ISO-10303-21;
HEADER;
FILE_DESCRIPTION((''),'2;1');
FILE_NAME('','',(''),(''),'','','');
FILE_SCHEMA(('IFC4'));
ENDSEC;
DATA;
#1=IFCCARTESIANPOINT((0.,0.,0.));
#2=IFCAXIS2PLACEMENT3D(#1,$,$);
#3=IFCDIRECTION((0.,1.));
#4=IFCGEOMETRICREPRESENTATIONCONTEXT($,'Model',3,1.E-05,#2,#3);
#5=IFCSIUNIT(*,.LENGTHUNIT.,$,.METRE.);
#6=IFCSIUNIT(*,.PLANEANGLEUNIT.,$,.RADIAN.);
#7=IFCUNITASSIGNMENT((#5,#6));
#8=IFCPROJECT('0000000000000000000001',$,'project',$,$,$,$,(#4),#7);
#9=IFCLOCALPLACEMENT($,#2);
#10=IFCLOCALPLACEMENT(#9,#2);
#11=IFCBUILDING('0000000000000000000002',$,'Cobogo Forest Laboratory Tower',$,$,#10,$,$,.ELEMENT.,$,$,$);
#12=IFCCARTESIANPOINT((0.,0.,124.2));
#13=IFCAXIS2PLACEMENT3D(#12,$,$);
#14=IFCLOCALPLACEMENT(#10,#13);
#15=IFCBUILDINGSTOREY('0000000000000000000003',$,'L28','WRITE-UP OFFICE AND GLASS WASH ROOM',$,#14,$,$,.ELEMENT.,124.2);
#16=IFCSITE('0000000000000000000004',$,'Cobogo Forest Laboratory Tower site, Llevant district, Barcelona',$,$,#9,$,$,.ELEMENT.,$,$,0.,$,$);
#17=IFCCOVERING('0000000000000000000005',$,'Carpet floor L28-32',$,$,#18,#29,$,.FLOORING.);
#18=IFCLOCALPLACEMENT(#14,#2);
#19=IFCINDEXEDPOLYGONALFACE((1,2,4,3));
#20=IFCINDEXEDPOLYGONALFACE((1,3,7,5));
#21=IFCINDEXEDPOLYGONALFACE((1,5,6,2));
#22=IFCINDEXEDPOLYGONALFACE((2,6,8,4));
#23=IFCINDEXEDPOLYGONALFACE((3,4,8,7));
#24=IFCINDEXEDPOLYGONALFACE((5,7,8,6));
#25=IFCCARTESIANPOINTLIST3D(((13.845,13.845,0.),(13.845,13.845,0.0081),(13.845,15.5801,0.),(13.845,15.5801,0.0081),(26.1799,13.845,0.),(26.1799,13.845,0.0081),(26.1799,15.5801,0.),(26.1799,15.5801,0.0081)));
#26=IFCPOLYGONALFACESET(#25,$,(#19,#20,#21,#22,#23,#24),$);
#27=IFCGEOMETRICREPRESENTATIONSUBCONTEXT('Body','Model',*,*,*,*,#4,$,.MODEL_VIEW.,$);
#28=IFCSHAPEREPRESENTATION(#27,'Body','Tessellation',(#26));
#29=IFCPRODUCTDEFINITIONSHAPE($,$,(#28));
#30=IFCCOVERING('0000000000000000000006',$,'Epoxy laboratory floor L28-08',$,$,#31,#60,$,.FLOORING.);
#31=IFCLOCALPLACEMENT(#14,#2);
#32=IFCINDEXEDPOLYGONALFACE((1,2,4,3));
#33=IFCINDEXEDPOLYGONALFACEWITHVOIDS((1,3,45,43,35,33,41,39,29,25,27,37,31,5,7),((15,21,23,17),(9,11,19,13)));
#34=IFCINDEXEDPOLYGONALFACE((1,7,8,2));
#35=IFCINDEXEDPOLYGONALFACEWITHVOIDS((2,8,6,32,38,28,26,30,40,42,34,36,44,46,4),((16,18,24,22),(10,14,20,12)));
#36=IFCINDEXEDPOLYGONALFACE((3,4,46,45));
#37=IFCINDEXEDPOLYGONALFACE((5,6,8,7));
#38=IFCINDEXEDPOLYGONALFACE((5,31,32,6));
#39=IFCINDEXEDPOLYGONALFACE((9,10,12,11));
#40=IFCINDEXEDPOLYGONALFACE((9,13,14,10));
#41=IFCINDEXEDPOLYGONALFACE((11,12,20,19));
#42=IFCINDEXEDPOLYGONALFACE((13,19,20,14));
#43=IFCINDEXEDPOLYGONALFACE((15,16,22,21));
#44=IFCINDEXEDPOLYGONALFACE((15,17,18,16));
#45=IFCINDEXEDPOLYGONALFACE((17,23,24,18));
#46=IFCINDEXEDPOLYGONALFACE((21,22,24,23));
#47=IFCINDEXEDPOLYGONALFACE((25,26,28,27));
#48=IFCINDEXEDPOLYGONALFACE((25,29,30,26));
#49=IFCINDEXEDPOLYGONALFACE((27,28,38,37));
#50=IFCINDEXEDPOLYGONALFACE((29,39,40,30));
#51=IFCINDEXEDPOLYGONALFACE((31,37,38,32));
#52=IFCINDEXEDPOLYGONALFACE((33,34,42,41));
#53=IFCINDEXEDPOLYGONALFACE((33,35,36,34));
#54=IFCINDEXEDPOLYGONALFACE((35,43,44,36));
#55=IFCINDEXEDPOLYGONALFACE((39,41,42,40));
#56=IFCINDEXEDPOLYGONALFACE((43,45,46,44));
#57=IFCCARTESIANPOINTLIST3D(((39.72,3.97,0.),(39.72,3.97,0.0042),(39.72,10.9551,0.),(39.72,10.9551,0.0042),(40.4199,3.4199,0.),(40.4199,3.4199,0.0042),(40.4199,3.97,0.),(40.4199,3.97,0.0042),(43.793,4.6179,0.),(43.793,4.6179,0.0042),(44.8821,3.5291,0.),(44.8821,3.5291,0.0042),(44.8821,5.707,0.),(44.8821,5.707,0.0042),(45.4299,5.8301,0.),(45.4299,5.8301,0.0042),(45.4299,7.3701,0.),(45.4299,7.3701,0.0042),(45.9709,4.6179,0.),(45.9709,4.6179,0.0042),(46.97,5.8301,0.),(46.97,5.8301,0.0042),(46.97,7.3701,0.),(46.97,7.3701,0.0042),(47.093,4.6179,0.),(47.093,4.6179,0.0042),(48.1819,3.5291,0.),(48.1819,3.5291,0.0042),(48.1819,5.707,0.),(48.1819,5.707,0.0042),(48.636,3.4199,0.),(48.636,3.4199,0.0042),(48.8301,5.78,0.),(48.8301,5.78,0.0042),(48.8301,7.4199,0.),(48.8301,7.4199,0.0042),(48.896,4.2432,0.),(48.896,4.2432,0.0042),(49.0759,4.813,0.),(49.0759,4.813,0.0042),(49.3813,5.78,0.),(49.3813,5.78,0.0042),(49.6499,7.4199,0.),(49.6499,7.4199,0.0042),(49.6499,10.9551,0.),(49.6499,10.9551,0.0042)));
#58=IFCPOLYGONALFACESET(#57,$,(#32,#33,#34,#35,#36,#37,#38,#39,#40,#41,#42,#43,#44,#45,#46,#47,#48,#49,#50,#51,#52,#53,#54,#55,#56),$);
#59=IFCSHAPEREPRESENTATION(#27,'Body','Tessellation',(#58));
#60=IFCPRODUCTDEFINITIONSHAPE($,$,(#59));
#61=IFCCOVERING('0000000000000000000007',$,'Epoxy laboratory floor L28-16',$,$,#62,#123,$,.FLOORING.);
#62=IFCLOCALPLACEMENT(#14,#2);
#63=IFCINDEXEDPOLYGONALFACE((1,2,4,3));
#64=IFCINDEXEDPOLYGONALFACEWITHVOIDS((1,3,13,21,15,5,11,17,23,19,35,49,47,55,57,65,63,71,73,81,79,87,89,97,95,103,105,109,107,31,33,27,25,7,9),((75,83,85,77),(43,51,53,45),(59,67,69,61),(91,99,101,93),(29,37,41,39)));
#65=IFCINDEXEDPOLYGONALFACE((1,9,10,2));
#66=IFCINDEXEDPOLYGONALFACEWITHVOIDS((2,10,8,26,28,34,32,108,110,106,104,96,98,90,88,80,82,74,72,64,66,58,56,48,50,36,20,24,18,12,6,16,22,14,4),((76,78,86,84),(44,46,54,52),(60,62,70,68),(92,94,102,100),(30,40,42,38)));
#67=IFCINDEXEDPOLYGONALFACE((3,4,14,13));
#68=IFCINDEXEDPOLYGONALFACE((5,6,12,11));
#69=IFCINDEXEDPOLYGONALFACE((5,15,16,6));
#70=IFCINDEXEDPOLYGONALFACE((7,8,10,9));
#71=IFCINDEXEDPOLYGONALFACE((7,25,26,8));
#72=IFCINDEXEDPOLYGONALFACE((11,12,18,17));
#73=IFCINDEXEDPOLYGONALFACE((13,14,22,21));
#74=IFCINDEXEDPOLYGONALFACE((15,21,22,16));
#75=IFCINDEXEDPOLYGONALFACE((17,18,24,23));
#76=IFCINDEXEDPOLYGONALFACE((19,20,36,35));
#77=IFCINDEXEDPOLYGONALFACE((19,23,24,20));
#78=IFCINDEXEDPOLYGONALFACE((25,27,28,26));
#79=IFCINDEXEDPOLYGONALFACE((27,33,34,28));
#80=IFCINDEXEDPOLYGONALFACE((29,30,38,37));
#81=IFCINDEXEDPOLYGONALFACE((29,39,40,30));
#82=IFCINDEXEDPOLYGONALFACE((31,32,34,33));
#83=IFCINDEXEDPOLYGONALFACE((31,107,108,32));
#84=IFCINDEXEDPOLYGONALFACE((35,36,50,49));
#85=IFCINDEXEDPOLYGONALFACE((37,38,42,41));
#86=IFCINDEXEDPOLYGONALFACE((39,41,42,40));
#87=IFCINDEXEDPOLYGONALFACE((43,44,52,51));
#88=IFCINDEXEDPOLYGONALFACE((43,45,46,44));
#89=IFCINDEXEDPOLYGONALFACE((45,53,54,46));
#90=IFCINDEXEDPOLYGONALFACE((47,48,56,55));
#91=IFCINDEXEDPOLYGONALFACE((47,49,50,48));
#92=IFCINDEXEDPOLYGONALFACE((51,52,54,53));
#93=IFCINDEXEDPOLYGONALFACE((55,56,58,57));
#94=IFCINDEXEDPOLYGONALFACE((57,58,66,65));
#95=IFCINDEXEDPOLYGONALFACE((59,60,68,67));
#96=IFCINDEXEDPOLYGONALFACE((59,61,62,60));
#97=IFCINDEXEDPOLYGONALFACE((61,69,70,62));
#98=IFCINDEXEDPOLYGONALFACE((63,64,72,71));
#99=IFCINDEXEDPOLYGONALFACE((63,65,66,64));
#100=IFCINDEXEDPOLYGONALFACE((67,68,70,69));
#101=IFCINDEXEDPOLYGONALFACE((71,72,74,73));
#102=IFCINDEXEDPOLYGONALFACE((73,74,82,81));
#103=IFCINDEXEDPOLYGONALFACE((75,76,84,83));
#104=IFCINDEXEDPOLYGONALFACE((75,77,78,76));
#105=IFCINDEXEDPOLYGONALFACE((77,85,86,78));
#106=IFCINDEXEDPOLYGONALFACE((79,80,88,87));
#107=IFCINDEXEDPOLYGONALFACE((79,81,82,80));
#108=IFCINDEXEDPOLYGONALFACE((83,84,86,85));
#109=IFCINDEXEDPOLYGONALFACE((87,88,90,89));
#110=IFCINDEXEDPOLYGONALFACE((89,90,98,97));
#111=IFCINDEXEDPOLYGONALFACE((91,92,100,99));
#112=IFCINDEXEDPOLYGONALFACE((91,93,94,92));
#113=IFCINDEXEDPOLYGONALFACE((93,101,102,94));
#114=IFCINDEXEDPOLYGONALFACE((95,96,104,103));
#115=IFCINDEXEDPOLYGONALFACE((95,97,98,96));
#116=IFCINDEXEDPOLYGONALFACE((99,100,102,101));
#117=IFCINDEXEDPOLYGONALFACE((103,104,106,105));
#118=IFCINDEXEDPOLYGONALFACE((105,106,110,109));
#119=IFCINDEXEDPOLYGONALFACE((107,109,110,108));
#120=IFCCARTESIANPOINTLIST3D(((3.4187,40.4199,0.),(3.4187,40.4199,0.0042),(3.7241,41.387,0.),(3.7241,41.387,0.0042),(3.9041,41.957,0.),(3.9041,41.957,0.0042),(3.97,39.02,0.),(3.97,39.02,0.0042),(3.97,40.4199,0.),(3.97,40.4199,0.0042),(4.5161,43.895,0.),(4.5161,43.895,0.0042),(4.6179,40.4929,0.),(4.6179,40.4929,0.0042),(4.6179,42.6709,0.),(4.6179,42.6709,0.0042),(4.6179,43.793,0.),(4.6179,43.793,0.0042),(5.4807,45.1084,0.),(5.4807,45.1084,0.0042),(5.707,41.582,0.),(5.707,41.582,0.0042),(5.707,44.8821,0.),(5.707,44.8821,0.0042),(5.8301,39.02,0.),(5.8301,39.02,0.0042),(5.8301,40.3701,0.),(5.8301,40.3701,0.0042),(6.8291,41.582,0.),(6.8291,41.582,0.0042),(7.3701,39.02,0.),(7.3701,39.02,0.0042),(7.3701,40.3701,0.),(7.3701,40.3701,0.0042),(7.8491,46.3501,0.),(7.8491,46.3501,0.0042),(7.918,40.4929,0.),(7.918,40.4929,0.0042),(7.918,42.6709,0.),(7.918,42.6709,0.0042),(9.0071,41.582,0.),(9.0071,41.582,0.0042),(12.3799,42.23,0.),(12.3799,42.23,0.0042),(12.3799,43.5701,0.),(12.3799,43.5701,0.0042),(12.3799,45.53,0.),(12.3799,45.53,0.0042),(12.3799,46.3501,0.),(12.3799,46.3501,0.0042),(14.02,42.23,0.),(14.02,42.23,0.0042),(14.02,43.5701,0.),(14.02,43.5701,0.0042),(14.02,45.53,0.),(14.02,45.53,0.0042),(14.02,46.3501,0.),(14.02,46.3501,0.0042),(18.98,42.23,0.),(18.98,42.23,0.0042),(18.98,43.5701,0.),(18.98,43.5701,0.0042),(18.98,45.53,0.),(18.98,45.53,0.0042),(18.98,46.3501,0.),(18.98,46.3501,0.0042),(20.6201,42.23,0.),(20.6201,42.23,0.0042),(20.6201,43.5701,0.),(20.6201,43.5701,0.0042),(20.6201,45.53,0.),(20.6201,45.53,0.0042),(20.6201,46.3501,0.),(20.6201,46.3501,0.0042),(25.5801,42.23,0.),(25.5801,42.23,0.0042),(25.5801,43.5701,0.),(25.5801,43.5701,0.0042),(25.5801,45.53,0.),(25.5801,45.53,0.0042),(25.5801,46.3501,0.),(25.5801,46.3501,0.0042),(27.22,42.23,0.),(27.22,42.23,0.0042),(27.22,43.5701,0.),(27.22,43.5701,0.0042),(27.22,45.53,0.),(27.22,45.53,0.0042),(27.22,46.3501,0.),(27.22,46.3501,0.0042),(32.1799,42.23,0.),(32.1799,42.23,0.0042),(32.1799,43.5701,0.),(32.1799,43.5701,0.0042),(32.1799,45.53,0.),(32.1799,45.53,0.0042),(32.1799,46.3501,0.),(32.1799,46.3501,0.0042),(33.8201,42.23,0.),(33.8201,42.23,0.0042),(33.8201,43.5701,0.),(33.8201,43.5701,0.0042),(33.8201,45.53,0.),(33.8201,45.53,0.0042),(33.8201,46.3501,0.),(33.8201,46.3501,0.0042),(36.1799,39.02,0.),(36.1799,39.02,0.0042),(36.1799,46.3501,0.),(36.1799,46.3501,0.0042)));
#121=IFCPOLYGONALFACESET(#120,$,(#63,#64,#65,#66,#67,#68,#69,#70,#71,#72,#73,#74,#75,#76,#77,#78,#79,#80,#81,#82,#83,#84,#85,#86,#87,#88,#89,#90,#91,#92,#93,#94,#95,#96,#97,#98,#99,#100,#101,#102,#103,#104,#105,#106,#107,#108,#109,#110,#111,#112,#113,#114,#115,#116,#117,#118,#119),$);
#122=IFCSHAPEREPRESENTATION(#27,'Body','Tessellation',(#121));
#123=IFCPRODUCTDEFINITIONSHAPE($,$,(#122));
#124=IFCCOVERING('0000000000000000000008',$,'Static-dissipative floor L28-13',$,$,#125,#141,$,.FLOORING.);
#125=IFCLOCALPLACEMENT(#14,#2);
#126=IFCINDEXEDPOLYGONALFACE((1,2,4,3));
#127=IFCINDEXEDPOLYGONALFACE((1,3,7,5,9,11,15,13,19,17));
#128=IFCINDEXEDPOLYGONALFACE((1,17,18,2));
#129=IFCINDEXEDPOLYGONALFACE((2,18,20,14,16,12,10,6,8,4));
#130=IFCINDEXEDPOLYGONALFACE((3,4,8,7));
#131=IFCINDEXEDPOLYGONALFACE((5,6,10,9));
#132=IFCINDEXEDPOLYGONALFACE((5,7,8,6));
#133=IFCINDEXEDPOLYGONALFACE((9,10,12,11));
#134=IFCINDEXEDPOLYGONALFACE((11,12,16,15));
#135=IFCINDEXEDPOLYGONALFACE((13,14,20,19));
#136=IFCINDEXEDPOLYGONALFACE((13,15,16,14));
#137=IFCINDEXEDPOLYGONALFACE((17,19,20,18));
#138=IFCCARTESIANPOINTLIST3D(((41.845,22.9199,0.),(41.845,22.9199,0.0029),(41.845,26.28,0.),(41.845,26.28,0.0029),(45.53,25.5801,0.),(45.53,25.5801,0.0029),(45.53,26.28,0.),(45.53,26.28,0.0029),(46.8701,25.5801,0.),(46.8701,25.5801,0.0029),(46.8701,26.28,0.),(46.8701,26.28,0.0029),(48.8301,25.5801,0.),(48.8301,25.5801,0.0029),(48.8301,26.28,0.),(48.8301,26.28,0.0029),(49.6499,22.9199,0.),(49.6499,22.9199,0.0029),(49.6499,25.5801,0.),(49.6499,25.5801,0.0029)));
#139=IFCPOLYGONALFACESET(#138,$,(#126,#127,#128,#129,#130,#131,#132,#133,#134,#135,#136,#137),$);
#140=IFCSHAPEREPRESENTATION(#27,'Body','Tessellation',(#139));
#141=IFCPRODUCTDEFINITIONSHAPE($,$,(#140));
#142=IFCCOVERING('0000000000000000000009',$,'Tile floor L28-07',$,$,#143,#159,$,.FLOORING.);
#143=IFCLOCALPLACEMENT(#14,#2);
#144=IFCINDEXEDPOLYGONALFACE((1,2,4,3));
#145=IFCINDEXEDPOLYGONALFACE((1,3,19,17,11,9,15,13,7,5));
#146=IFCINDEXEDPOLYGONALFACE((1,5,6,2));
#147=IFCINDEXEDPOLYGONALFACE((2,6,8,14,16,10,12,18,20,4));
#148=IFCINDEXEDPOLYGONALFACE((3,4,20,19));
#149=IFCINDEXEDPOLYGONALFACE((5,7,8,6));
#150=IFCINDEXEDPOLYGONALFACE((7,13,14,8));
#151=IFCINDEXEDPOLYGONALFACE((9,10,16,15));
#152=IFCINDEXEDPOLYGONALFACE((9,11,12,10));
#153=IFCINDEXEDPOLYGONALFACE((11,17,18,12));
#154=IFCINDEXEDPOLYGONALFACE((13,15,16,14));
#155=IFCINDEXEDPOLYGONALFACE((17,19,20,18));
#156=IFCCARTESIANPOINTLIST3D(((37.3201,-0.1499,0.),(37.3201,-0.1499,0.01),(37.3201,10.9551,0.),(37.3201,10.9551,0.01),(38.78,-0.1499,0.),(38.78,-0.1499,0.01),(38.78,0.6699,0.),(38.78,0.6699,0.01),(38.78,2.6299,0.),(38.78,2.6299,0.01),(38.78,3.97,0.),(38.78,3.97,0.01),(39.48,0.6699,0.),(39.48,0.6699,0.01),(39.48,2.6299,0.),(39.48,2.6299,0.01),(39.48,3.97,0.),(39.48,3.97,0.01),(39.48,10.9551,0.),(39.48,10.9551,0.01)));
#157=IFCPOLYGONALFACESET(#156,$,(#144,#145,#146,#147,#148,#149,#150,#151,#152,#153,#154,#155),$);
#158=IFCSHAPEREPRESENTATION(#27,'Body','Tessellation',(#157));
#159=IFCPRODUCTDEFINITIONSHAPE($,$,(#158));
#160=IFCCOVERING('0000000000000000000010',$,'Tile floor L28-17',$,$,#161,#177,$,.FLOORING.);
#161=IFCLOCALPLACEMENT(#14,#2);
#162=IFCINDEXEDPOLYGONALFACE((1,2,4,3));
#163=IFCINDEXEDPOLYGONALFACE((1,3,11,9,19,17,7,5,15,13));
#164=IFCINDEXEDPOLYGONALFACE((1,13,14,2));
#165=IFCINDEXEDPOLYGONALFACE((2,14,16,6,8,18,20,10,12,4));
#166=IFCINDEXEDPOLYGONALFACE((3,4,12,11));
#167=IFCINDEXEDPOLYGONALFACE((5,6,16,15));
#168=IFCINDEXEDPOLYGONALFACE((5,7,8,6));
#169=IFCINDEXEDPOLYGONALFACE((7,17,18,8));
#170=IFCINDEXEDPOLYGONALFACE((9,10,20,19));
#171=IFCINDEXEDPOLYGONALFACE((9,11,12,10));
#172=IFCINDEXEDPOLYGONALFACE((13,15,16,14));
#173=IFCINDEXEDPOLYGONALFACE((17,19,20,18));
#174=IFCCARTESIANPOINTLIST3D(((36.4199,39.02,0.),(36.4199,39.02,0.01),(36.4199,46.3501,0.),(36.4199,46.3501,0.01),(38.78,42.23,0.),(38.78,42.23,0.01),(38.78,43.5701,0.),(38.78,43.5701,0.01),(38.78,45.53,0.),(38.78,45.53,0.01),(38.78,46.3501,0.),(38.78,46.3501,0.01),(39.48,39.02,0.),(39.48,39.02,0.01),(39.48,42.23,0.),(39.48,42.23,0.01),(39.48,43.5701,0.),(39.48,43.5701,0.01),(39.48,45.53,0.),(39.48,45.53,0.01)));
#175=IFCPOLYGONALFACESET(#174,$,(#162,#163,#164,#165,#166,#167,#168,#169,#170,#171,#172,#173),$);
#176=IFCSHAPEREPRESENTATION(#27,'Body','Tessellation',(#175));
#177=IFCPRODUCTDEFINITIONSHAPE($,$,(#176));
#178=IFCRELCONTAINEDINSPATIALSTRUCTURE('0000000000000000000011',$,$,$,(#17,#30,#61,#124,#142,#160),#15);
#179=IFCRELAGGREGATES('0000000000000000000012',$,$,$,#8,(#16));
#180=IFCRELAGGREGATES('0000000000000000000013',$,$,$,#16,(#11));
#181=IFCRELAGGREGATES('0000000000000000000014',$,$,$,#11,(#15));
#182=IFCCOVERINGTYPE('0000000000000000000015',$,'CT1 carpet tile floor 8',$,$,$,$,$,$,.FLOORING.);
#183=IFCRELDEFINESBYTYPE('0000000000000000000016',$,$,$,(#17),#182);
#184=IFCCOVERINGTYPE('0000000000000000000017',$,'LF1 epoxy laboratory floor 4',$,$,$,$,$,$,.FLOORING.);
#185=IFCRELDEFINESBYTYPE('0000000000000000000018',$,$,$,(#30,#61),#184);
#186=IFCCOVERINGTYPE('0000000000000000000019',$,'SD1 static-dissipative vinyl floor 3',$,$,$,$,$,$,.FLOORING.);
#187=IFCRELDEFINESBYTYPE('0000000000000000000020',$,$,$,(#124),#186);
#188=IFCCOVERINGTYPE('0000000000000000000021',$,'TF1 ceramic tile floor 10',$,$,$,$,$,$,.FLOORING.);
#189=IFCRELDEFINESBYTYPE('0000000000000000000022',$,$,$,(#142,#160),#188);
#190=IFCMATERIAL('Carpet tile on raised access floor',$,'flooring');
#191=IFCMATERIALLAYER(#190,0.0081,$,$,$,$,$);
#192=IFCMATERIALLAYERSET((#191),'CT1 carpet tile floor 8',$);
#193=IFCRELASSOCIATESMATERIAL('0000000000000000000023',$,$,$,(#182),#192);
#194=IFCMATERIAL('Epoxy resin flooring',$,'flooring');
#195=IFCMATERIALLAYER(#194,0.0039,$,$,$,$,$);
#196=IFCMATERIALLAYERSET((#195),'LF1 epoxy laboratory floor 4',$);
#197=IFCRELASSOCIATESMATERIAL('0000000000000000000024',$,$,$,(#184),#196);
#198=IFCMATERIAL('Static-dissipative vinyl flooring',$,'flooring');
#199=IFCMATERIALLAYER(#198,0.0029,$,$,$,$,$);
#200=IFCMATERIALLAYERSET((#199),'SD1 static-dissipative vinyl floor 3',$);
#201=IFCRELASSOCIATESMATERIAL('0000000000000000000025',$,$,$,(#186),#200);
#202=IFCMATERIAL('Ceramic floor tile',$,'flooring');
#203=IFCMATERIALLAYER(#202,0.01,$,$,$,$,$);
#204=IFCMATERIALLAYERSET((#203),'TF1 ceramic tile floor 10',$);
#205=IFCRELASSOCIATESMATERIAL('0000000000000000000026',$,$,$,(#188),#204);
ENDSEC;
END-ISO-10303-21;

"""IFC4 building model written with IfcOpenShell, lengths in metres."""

from ifc_helpers import new_model, si_unit, direction, frame, origin, place, context, subcontext, project, spatial, polyline, outline, extrude, material, layer, layer_set, type_object, element, save


model = new_model("IFC4")

# Units and contexts
model_context = context("Model", 3, precision=1e-05, world=origin(), true_north=direction((0.0, 1.0)))
body_context = subcontext(model_context, "Body", "Model", "MODEL_VIEW")
ifc_project = project(units=[si_unit("LENGTHUNIT", "METRE"), si_unit("PLANEANGLEUNIT", "RADIAN")], contexts=[model_context])

# Site, building, storey
site_placement = place(None, origin())
site = spatial("IfcSite", under=ifc_project, at=site_placement, Name="Cobogo Forest Laboratory Tower site, Llevant district, Barcelona", CompositionType="ELEMENT", RefElevation=0.0)
building_placement = place(site_placement, origin())
building = spatial("IfcBuilding", under=site, at=building_placement, Name="Cobogo Forest Laboratory Tower", CompositionType="ELEMENT")
storey_placement = place(building_placement, frame((0.0, 0.0, 124.2)))
storey = spatial("IfcBuildingStorey", under=building, at=storey_placement, Name="L28", Description="WRITE-UP OFFICE AND GLASS WASH ROOM", CompositionType="ELEMENT", Elevation=124.2)

# Coverings
ifc_material_1 = material(Name="Carpet tile on raised access floor", Category="flooring")
ifc_layer_1 = layer(ifc_material_1, 0.0081)
ifc_layer_set_1 = layer_set([ifc_layer_1], Name="CT1 carpet tile floor 8")
covering_type_1 = type_object("IfcCoveringType", Name="CT1 carpet tile floor 8", PredefinedType="FLOORING", material=ifc_layer_set_1)
covering_1_placement = place(storey_placement, origin())
element("IfcCovering", 1, at=covering_1_placement, inside=storey, type_object=covering_type_1, Name="Carpet floor L28-32", PredefinedType="FLOORING", context=body_context, shape_type="SweptSolid", body=[
    extrude(outline(polyline([(26.1799, 13.845), (13.845, 13.845), (13.845, 15.5801), (26.1799, 15.5801), (26.1799, 13.845)])), origin(), (0.0, 0.0, 1.0), 0.0081),
])
ifc_material_2 = material(Name="Epoxy resin flooring", Category="flooring")
ifc_layer_2 = layer(ifc_material_2, 0.0039)
ifc_layer_set_2 = layer_set([ifc_layer_2], Name="LF1 epoxy laboratory floor 4")
covering_type_2 = type_object("IfcCoveringType", Name="LF1 epoxy laboratory floor 4", PredefinedType="FLOORING", material=ifc_layer_set_2)
covering_2_placement = place(storey_placement, origin())
element("IfcCovering", 2, at=covering_2_placement, inside=storey, type_object=covering_type_2, Name="Epoxy laboratory floor L28-08", PredefinedType="FLOORING", context=body_context, shape_type="SweptSolid", body=[
    extrude(outline(polyline([(39.72, 10.9551), (49.6499, 10.9551), (49.6499, 7.4199), (48.8301, 7.4199), (48.8301, 5.78), (49.3813, 5.78), (49.0759, 4.813), (48.1819, 5.707), (47.093, 4.6179), (48.1819, 3.5291), (48.896, 4.2432), (48.636, 3.4199), (40.4199, 3.4199), (40.4199, 3.97), (39.72, 3.97), (39.72, 10.9551)]), holes=[polyline([(45.4299, 5.8301), (46.97, 5.8301), (46.97, 7.3701), (45.4299, 7.3701), (45.4299, 5.8301)]), polyline([(43.793, 4.6179), (44.8821, 3.5291), (45.9709, 4.6179), (44.8821, 5.707), (43.793, 4.6179)])]), origin(), (0.0, 0.0, 1.0), 0.0042),
])
covering_3_placement = place(storey_placement, origin())
element("IfcCovering", 3, at=covering_3_placement, inside=storey, type_object=covering_type_2, Name="Epoxy laboratory floor L28-16", PredefinedType="FLOORING", context=body_context, shape_type="SweptSolid", body=[
    extrude(outline(polyline([(3.7241, 41.387), (4.6179, 40.4929), (5.707, 41.582), (4.6179, 42.6709), (3.9041, 41.957), (4.5161, 43.895), (4.6179, 43.793), (5.707, 44.8821), (5.4807, 45.1084), (7.8491, 46.3501), (12.3799, 46.3501), (12.3799, 45.53), (14.02, 45.53), (14.02, 46.3501), (18.98, 46.3501), (18.98, 45.53), (20.6201, 45.53), (20.6201, 46.3501), (25.5801, 46.3501), (25.5801, 45.53), (27.22, 45.53), (27.22, 46.3501), (32.1799, 46.3501), (32.1799, 45.53), (33.8201, 45.53), (33.8201, 46.3501), (36.1799, 46.3501), (36.1799, 39.02), (7.3701, 39.02), (7.3701, 40.3701), (5.8301, 40.3701), (5.8301, 39.02), (3.97, 39.02), (3.97, 40.4199), (3.4187, 40.4199), (3.7241, 41.387)]), holes=[polyline([(32.1799, 43.5701), (32.1799, 42.23), (33.8201, 42.23), (33.8201, 43.5701), (32.1799, 43.5701)]), polyline([(25.5801, 43.5701), (25.5801, 42.23), (27.22, 42.23), (27.22, 43.5701), (25.5801, 43.5701)]), polyline([(18.98, 42.23), (20.6201, 42.23), (20.6201, 43.5701), (18.98, 43.5701), (18.98, 42.23)]), polyline([(12.3799, 43.5701), (12.3799, 42.23), (14.02, 42.23), (14.02, 43.5701), (12.3799, 43.5701)]), polyline([(6.8291, 41.582), (7.918, 40.4929), (9.0071, 41.582), (7.918, 42.6709), (6.8291, 41.582)])]), origin(), (0.0, 0.0, 1.0), 0.0042),
])
ifc_material_3 = material(Name="Static-dissipative vinyl flooring", Category="flooring")
ifc_layer_3 = layer(ifc_material_3, 0.0029)
ifc_layer_set_3 = layer_set([ifc_layer_3], Name="SD1 static-dissipative vinyl floor 3")
covering_type_3 = type_object("IfcCoveringType", Name="SD1 static-dissipative vinyl floor 3", PredefinedType="FLOORING", material=ifc_layer_set_3)
covering_4_placement = place(storey_placement, origin())
element("IfcCovering", 4, at=covering_4_placement, inside=storey, type_object=covering_type_3, Name="Static-dissipative floor L28-13", PredefinedType="FLOORING", context=body_context, shape_type="SweptSolid", body=[
    extrude(outline(polyline([(41.845, 26.28), (45.53, 26.28), (45.53, 25.5801), (46.8701, 25.5801), (46.8701, 26.28), (48.8301, 26.28), (48.8301, 25.5801), (49.6499, 25.5801), (49.6499, 22.9199), (41.845, 22.9199), (41.845, 26.28)])), origin(), (0.0, 0.0, 1.0), 0.0029),
])
ifc_material_4 = material(Name="Ceramic floor tile", Category="flooring")
ifc_layer_4 = layer(ifc_material_4, 0.01)
ifc_layer_set_4 = layer_set([ifc_layer_4], Name="TF1 ceramic tile floor 10")
covering_type_4 = type_object("IfcCoveringType", Name="TF1 ceramic tile floor 10", PredefinedType="FLOORING", material=ifc_layer_set_4)
covering_5_placement = place(storey_placement, origin())
element("IfcCovering", 5, at=covering_5_placement, inside=storey, type_object=covering_type_4, Name="Tile floor L28-07", PredefinedType="FLOORING", context=body_context, shape_type="SweptSolid", body=[
    extrude(outline(polyline([(39.48, 10.9551), (39.48, 3.97), (38.78, 3.97), (38.78, 2.6299), (39.48, 2.6299), (39.48, 0.6699), (38.78, 0.6699), (38.78, -0.1499), (37.3201, -0.1499), (37.3201, 10.9551), (39.48, 10.9551)])), origin(), (0.0, 0.0, 1.0), 0.01),
])
covering_6_placement = place(storey_placement, origin())
element("IfcCovering", 6, at=covering_6_placement, inside=storey, type_object=covering_type_4, Name="Tile floor L28-17", PredefinedType="FLOORING", context=body_context, shape_type="SweptSolid", body=[
    extrude(outline(polyline([(36.4199, 39.02), (36.4199, 46.3501), (38.78, 46.3501), (38.78, 45.53), (39.48, 45.53), (39.48, 43.5701), (38.78, 43.5701), (38.78, 42.23), (39.48, 42.23), (39.48, 39.02), (36.4199, 39.02)])), origin(), (0.0, 0.0, 1.0), 0.01),
])

save(model, "model.ifc")
